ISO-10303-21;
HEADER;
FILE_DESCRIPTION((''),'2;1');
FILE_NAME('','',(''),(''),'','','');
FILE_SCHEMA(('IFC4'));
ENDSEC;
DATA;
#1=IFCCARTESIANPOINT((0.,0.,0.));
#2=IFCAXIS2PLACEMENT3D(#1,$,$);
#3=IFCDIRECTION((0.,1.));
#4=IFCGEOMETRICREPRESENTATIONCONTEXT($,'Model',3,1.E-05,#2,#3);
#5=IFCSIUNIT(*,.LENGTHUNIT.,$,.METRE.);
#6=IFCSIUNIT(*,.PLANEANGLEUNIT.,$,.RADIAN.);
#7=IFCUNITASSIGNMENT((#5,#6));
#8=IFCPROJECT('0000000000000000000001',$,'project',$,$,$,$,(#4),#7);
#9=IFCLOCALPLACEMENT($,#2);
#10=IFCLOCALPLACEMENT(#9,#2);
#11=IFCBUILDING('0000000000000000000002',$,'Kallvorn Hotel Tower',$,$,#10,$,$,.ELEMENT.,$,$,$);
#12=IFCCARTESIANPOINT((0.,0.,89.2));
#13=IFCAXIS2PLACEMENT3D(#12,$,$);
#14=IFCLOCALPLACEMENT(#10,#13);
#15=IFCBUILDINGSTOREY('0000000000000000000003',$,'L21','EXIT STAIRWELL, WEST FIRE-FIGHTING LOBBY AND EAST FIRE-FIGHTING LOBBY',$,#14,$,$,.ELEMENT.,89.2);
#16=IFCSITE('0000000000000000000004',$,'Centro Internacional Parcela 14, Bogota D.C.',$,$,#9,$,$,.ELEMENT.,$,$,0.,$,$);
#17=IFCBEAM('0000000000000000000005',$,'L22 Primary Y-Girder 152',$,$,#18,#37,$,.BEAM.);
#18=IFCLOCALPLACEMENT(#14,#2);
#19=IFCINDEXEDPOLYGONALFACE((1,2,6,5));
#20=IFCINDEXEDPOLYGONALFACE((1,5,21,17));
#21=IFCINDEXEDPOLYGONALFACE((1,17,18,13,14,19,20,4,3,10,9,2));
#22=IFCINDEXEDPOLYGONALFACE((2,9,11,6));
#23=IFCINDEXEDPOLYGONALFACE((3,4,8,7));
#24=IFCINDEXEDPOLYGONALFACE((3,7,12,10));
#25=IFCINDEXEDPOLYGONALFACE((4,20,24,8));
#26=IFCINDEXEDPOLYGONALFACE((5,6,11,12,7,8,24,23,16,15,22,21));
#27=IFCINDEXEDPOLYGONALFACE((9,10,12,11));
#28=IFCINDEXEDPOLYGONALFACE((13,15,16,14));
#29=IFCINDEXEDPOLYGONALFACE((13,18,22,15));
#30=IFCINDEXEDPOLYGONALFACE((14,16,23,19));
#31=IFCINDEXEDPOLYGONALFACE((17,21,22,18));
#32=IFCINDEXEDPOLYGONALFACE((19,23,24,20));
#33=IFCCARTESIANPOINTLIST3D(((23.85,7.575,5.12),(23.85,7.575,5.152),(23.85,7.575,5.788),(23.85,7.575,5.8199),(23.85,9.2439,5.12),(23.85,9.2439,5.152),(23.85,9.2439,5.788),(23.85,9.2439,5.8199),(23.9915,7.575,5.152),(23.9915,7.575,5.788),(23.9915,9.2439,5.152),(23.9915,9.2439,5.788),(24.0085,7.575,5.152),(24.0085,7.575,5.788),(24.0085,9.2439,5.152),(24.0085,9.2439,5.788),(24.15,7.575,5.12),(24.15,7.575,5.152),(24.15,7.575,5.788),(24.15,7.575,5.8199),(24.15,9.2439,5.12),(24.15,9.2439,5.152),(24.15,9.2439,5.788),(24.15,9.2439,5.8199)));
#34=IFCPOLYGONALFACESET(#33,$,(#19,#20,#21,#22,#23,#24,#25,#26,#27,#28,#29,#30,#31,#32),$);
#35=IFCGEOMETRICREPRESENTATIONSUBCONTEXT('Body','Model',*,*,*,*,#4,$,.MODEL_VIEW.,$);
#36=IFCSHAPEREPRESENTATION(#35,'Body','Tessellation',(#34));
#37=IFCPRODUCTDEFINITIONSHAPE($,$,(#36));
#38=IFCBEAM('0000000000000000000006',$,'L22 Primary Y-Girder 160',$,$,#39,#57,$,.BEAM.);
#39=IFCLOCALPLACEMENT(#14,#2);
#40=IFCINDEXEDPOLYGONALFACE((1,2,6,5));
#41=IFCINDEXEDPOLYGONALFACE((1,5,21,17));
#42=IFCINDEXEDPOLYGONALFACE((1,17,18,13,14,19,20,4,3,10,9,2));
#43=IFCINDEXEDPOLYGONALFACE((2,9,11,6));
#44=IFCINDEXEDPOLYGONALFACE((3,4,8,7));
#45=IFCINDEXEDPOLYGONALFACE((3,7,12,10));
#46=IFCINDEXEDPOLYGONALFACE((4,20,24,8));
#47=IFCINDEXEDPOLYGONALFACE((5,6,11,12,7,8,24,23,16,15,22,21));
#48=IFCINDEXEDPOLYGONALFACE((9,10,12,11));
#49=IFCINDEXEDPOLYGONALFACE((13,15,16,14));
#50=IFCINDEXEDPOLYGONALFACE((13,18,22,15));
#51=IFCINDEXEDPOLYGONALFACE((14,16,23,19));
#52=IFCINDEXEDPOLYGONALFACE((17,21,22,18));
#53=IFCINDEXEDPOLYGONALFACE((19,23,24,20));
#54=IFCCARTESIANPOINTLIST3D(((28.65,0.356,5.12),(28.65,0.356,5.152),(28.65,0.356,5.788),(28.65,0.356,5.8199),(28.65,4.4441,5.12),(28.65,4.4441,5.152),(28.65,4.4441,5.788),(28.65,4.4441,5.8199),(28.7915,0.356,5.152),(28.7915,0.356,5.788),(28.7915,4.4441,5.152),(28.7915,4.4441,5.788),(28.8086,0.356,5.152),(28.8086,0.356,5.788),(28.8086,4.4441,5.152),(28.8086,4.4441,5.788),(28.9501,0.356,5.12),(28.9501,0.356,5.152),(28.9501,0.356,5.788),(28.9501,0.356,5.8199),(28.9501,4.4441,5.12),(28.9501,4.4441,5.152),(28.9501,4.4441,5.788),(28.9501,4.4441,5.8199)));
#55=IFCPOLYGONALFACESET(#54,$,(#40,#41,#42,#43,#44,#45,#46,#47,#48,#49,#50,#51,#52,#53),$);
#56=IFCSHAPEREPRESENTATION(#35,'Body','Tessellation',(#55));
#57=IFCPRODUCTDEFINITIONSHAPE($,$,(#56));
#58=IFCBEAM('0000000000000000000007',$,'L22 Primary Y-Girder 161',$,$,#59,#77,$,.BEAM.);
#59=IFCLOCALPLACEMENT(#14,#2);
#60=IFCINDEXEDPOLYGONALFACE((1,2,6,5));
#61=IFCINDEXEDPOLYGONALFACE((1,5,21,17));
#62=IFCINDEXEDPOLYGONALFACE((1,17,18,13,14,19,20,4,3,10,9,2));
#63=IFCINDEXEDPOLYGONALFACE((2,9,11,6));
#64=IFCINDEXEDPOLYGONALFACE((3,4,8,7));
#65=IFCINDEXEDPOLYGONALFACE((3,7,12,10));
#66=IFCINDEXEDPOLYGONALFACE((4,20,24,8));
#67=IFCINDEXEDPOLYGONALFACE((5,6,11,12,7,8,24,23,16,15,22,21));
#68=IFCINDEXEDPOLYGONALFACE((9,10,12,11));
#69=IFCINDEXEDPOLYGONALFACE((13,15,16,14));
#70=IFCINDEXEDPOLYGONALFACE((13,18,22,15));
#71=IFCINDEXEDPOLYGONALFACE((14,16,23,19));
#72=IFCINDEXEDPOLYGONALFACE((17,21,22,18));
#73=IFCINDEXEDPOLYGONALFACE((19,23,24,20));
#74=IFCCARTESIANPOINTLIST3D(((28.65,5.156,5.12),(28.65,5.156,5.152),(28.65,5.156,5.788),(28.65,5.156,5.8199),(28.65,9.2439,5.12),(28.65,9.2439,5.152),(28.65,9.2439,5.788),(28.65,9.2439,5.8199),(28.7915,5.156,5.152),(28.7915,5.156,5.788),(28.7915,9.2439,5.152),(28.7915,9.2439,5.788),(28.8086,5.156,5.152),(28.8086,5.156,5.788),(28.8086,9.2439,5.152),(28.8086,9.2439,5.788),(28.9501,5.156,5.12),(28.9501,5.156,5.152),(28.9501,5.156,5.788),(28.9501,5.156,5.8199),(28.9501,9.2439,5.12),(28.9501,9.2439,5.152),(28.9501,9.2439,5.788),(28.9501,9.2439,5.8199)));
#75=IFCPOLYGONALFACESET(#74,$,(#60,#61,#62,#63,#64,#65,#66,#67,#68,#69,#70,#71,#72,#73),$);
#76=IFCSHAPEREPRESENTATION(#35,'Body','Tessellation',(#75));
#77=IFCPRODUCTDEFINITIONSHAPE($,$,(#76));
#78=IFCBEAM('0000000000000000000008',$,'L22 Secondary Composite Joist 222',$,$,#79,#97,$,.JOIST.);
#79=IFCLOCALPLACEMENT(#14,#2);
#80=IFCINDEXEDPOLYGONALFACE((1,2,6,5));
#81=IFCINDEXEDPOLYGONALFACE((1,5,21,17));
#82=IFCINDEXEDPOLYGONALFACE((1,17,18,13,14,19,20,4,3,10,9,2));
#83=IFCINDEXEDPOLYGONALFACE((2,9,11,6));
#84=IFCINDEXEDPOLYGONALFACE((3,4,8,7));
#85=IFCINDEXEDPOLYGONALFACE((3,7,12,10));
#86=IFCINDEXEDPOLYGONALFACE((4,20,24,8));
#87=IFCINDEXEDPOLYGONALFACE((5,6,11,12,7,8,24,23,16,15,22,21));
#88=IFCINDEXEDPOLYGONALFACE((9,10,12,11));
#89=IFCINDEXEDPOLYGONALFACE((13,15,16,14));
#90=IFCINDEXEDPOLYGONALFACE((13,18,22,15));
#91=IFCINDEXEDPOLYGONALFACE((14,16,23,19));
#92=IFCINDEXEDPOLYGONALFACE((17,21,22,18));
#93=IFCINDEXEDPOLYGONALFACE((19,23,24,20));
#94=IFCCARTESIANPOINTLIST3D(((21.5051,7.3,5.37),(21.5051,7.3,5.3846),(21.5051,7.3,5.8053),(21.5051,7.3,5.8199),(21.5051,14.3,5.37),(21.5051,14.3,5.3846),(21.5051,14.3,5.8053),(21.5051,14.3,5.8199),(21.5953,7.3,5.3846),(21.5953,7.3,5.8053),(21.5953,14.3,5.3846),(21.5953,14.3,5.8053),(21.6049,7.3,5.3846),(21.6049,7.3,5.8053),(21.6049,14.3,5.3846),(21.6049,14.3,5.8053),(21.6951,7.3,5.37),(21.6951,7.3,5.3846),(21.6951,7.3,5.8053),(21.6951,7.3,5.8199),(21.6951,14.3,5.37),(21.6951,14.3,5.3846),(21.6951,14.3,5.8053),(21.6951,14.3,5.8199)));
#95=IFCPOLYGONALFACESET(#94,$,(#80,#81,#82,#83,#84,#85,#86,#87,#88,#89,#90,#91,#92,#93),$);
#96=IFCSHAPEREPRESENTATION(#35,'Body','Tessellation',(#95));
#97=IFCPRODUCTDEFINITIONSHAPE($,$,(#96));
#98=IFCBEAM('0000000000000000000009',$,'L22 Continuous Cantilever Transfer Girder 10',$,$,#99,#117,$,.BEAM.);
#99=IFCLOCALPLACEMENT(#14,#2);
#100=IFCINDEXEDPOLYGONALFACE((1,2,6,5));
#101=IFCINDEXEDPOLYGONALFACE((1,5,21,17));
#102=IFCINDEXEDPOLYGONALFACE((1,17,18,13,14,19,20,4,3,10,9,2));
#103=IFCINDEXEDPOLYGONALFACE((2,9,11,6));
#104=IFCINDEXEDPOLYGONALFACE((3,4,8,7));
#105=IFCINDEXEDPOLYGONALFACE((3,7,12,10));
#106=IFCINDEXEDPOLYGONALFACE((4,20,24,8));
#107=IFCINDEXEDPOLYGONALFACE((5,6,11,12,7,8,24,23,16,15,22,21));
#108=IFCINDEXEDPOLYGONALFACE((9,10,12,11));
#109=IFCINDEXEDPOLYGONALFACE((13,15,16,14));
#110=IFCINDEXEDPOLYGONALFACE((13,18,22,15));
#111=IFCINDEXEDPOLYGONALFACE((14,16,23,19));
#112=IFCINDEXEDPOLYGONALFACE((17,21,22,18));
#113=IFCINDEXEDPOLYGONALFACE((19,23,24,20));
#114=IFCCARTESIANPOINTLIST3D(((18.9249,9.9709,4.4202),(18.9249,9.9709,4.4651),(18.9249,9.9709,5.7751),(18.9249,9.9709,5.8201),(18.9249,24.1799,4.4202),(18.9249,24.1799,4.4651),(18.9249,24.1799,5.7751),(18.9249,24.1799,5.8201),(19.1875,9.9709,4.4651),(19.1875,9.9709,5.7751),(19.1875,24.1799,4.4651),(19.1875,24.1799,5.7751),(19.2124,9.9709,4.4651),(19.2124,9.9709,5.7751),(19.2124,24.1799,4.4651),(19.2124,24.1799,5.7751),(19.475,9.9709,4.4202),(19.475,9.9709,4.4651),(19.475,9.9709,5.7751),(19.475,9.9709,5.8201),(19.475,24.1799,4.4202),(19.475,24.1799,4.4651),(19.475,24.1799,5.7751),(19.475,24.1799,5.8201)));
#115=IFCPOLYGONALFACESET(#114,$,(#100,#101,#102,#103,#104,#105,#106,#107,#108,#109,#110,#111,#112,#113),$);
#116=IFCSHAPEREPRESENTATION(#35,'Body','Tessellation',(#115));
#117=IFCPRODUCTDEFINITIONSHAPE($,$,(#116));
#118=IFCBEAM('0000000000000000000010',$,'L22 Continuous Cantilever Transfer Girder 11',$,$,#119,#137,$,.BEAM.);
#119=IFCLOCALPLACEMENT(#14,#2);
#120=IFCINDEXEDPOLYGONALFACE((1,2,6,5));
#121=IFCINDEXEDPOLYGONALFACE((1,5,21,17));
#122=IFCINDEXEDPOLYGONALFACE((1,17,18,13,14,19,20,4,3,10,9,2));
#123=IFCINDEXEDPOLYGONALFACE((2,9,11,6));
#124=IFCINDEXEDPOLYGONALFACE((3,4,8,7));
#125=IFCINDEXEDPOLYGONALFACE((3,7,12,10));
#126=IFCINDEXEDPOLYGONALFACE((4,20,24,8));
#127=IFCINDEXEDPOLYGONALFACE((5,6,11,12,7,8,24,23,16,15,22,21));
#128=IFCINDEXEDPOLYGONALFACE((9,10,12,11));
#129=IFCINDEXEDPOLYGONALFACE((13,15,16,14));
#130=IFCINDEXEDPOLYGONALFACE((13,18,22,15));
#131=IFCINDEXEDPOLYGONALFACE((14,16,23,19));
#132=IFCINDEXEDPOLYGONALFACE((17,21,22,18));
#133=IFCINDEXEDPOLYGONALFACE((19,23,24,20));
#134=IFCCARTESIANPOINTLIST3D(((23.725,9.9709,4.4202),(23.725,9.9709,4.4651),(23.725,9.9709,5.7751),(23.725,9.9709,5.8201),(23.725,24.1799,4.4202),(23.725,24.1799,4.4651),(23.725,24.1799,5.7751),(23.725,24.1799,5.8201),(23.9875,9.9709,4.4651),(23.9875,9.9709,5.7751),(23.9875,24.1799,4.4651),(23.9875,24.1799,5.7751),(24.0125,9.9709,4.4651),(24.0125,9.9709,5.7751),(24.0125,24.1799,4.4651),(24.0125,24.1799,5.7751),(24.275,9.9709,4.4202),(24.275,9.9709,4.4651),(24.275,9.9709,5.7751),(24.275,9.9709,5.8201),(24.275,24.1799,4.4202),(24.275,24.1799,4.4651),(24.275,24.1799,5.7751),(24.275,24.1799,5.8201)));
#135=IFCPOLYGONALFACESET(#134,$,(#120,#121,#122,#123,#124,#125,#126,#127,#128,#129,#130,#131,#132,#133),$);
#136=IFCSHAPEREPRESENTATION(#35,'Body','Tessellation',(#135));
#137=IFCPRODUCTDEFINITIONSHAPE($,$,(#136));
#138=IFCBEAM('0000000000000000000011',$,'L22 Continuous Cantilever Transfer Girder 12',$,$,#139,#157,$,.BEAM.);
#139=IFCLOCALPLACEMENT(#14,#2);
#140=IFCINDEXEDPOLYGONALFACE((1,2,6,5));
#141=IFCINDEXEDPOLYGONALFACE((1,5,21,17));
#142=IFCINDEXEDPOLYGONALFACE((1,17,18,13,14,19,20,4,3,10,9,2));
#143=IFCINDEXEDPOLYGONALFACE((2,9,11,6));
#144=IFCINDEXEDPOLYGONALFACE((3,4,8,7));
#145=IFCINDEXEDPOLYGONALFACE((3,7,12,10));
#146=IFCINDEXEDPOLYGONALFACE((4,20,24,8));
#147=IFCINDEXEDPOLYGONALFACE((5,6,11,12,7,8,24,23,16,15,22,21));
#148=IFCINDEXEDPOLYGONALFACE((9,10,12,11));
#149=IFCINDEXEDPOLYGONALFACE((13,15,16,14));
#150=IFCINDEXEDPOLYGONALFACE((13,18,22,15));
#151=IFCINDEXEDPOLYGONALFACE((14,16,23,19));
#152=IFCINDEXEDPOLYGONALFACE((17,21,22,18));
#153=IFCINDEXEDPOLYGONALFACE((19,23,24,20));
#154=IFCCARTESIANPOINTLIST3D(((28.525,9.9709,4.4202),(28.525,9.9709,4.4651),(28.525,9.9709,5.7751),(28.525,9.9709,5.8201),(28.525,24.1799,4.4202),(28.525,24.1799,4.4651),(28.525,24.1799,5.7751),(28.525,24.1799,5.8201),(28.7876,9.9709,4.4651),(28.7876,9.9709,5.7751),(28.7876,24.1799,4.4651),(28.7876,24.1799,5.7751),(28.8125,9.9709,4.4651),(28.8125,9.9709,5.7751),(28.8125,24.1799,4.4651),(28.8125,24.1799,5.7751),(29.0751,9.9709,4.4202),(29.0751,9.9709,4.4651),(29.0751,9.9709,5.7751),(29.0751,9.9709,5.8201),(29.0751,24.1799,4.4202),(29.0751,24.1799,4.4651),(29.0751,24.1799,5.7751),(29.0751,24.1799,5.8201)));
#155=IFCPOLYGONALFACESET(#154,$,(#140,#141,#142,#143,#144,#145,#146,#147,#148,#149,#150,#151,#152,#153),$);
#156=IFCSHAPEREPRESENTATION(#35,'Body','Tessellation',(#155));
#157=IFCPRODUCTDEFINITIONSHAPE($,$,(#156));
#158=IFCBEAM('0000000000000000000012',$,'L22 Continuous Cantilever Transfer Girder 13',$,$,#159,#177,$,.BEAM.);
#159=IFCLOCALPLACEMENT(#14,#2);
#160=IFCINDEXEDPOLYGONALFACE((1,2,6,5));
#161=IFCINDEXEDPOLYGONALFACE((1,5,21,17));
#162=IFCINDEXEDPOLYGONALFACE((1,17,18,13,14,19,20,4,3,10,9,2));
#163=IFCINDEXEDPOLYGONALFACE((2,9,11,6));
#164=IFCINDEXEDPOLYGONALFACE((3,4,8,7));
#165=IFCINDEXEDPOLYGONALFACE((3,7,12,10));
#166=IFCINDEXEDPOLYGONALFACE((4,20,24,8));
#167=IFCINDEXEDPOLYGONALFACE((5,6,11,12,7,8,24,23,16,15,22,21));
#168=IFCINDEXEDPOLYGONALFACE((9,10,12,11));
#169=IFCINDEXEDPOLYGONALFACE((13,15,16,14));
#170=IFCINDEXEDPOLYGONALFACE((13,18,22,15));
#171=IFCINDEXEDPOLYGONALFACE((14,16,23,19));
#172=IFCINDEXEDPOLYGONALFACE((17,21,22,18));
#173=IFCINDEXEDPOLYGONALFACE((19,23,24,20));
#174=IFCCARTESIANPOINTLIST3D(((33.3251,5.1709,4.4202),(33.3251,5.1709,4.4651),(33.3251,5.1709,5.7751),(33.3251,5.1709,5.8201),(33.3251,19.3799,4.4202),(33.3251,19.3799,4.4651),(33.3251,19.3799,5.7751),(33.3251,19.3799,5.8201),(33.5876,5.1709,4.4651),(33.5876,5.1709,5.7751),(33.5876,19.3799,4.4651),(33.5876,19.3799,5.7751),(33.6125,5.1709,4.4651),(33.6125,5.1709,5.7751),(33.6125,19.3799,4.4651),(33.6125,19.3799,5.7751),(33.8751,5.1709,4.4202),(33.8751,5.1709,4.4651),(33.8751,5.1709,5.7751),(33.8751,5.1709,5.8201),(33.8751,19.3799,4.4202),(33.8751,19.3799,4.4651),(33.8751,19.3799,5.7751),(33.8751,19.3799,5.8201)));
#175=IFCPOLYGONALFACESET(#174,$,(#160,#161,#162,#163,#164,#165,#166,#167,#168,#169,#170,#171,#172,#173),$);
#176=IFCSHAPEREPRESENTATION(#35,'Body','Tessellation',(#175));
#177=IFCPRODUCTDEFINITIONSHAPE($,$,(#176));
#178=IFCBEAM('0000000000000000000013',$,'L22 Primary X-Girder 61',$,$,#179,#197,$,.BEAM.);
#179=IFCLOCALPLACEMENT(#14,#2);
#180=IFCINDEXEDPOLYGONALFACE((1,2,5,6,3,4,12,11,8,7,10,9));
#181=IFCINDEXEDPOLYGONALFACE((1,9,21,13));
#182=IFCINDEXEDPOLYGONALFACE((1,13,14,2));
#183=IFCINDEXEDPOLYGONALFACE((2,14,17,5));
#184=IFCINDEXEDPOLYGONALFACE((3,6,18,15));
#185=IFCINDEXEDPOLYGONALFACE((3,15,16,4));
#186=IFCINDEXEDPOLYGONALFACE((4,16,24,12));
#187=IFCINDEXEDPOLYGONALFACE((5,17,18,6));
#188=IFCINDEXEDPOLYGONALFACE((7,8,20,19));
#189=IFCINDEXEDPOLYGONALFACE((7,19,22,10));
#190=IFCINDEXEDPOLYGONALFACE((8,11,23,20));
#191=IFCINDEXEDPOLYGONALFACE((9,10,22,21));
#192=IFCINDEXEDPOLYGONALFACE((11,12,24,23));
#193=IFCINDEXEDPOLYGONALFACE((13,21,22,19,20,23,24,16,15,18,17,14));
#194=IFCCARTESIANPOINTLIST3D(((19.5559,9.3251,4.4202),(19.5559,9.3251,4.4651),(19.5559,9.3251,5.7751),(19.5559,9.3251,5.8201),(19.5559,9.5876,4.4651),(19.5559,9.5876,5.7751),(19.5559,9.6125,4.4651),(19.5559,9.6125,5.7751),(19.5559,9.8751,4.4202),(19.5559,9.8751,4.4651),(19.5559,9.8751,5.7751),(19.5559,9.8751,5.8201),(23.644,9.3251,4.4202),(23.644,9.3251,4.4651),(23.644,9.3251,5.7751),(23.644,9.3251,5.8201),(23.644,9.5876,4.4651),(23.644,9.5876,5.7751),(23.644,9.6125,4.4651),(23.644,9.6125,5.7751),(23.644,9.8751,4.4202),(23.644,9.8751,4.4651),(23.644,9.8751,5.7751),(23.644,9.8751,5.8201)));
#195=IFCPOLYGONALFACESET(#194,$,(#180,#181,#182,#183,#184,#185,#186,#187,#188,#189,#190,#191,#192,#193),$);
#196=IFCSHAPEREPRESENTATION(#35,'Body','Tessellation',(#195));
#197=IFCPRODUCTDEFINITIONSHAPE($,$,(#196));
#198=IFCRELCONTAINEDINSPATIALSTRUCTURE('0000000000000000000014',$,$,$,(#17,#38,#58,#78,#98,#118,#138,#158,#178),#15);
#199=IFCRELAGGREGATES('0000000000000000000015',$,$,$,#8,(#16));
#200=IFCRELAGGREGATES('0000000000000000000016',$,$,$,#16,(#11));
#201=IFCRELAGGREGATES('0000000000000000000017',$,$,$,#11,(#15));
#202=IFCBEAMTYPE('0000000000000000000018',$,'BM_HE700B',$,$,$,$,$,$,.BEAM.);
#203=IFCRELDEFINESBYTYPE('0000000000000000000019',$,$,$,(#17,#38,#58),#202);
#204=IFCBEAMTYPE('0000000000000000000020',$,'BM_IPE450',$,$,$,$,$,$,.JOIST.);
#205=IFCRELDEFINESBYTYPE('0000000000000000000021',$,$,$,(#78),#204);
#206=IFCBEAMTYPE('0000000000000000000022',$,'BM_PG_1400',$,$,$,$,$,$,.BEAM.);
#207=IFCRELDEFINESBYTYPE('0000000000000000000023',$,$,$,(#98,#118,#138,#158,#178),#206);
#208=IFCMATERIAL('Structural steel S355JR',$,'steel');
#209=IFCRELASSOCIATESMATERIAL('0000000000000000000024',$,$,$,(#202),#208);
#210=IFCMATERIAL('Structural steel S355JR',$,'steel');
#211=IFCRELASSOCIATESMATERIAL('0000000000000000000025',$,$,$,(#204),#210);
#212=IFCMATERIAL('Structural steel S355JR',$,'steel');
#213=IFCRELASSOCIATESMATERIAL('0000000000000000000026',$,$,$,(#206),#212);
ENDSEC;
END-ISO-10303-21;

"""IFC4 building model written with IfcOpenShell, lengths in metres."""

from ifc_helpers import new_model, si_unit, direction, frame, origin, origin_2d, place, context, subcontext, project, spatial, i_section, extrude, material, material_profile, profile_set, type_object, element, save


model = new_model("IFC4")

# Units and contexts
model_context = context("Model", 3, precision=1e-05, world=origin(), true_north=direction((0.0, 1.0)))
body_context = subcontext(model_context, "Body", "Model", "MODEL_VIEW")
ifc_project = project(units=[si_unit("LENGTHUNIT", "METRE"), si_unit("PLANEANGLEUNIT", "RADIAN")], contexts=[model_context])

# Site, building, storey
site_placement = place(None, origin())
site = spatial("IfcSite", under=ifc_project, at=site_placement, Name="Centro Internacional Parcela 14, Bogota D.C.", CompositionType="ELEMENT", RefElevation=0.0)
building_placement = place(site_placement, origin())
building = spatial("IfcBuilding", under=site, at=building_placement, Name="Kallvorn Hotel Tower", CompositionType="ELEMENT")
storey_placement = place(building_placement, frame((0.0, 0.0, 89.2)))
storey = spatial("IfcBuildingStorey", under=building, at=storey_placement, Name="L21", Description="EXIT STAIRWELL, WEST FIRE-FIGHTING LOBBY AND EAST FIRE-FIGHTING LOBBY", CompositionType="ELEMENT", Elevation=89.2)

# Beams
ifc_material_1 = material(Name="Structural steel S355JR", Category="steel")
ifc_material_profile_1 = material_profile(ifc_material_1, i_section(OverallWidth=0.3, OverallDepth=0.7, WebThickness=0.0171, FlangeThickness=0.032, at=origin_2d()), Name="HE 700 B")
ifc_profile_set_1 = profile_set([ifc_material_profile_1], Name="Structural steel S355JR")
beam_type_1 = type_object("IfcBeamType", Name="BM_HE700B", PredefinedType="BEAM", material=ifc_profile_set_1)
beam_1_placement = place(storey_placement, frame((24.0, 7.575, 5.47), z_axis=(0.0, 1.0, 0.0), x_axis=(-1.0, 0.0, 0.0)))
element("IfcBeam", 1, at=beam_1_placement, inside=storey, type_object=beam_type_1, Name="L22 Primary Y-Girder 152", PredefinedType="BEAM", context=body_context, shape_type="SweptSolid", body=[
    extrude(i_section(OverallWidth=0.3, OverallDepth=0.7, WebThickness=0.0171, FlangeThickness=0.032, at=origin_2d()), origin(), (0.0, 0.0, 1.0), 1.6689),
])
beam_2_placement = place(storey_placement, frame((28.8, 0.356, 5.47), z_axis=(0.0, 1.0, 0.0), x_axis=(-1.0, 0.0, 0.0)))
element("IfcBeam", 2, at=beam_2_placement, inside=storey, type_object=beam_type_1, Name="L22 Primary Y-Girder 160", PredefinedType="BEAM", context=body_context, shape_type="SweptSolid", body=[
    extrude(i_section(OverallWidth=0.3, OverallDepth=0.7, WebThickness=0.0171, FlangeThickness=0.032, at=origin_2d()), origin(), (0.0, 0.0, 1.0), 4.0881),
])
beam_3_placement = place(storey_placement, frame((28.8, 5.156, 5.47), z_axis=(0.0, 1.0, 0.0), x_axis=(-1.0, 0.0, 0.0)))
element("IfcBeam", 3, at=beam_3_placement, inside=storey, type_object=beam_type_1, Name="L22 Primary Y-Girder 161", PredefinedType="BEAM", context=body_context, shape_type="SweptSolid", body=[
    extrude(i_section(OverallWidth=0.3, OverallDepth=0.7, WebThickness=0.0171, FlangeThickness=0.032, at=origin_2d()), origin(), (0.0, 0.0, 1.0), 4.0879),
])
ifc_material_2 = material(Name="Structural steel S355JR", Category="steel")
ifc_material_profile_2 = material_profile(ifc_material_2, i_section(OverallWidth=0.1899, OverallDepth=0.45, WebThickness=0.0095, FlangeThickness=0.0146, at=origin_2d()), Name="IPE 450")
ifc_profile_set_2 = profile_set([ifc_material_profile_2], Name="Structural steel S355JR")
beam_type_2 = type_object("IfcBeamType", Name="BM_IPE450", PredefinedType="JOIST", material=ifc_profile_set_2)
beam_4_placement = place(storey_placement, frame((21.6001, 7.3, 5.595), z_axis=(0.0, 1.0, 0.0), x_axis=(-1.0, 0.0, 0.0)))
element("IfcBeam", 4, at=beam_4_placement, inside=storey, type_object=beam_type_2, Name="L22 Secondary Composite Joist 222", PredefinedType="JOIST", context=body_context, shape_type="SweptSolid", body=[
    extrude(i_section(OverallWidth=0.1899, OverallDepth=0.45, WebThickness=0.0095, FlangeThickness=0.0146, at=origin_2d()), origin(), (0.0, 0.0, 1.0), 7.0),
])
ifc_material_3 = material(Name="Structural steel S355JR", Category="steel")
ifc_material_profile_3 = material_profile(ifc_material_3, i_section(OverallWidth=0.55, OverallDepth=1.3999, WebThickness=0.0249, FlangeThickness=0.0449, at=origin_2d()), Name="PG 1400x550x25x45")
ifc_profile_set_3 = profile_set([ifc_material_profile_3], Name="Structural steel S355JR")
beam_type_3 = type_object("IfcBeamType", Name="BM_PG_1400", PredefinedType="BEAM", material=ifc_profile_set_3)
for number, where, z_axis, x_axis, name in (
    (5, (19.2, 9.9709, 5.1201), (0.0, 1.0, 0.0), (-1.0, 0.0, 0.0), "L22 Continuous Cantilever Transfer Girder 10"),
    (6, (24.0, 9.9709, 5.1201), (0.0, 1.0, 0.0), (-1.0, 0.0, 0.0), "L22 Continuous Cantilever Transfer Girder 11"),
    (7, (28.8, 9.9709, 5.1201), (0.0, 1.0, 0.0), (-1.0, 0.0, 0.0), "L22 Continuous Cantilever Transfer Girder 12"),
    (8, (33.6001, 5.1709, 5.1201), (0.0, 1.0, 0.0), (-1.0, 0.0, 0.0), "L22 Continuous Cantilever Transfer Girder 13"),
):
    element("IfcBeam", number, at=place(storey_placement, frame(where, z_axis=z_axis, x_axis=x_axis)), inside=storey, type_object=beam_type_3, Name=name, PredefinedType="BEAM", context=body_context, shape_type="SweptSolid", body=[
        extrude(i_section(OverallWidth=0.55, OverallDepth=1.3999, WebThickness=0.0249, FlangeThickness=0.0449, at=origin_2d()), origin(), (0.0, 0.0, 1.0), 14.209),
    ])
for number, where, z_axis, x_axis, name in (
    (9, (19.5559, 9.6001, 5.1201), (1.0, 0.0, 0.0), (0.0, 1.0, 0.0), "L22 Primary X-Girder 61"),
):
    element("IfcBeam", number, at=place(storey_placement, frame(where, z_axis=z_axis, x_axis=x_axis)), inside=storey, type_object=beam_type_3, Name=name, PredefinedType="BEAM", context=body_context, shape_type="SweptSolid", body=[
        extrude(i_section(OverallWidth=0.55, OverallDepth=1.3999, WebThickness=0.0249, FlangeThickness=0.0449, at=origin_2d()), origin(), (0.0, 0.0, 1.0), 4.0881),
    ])

save(model, "model.ifc")
